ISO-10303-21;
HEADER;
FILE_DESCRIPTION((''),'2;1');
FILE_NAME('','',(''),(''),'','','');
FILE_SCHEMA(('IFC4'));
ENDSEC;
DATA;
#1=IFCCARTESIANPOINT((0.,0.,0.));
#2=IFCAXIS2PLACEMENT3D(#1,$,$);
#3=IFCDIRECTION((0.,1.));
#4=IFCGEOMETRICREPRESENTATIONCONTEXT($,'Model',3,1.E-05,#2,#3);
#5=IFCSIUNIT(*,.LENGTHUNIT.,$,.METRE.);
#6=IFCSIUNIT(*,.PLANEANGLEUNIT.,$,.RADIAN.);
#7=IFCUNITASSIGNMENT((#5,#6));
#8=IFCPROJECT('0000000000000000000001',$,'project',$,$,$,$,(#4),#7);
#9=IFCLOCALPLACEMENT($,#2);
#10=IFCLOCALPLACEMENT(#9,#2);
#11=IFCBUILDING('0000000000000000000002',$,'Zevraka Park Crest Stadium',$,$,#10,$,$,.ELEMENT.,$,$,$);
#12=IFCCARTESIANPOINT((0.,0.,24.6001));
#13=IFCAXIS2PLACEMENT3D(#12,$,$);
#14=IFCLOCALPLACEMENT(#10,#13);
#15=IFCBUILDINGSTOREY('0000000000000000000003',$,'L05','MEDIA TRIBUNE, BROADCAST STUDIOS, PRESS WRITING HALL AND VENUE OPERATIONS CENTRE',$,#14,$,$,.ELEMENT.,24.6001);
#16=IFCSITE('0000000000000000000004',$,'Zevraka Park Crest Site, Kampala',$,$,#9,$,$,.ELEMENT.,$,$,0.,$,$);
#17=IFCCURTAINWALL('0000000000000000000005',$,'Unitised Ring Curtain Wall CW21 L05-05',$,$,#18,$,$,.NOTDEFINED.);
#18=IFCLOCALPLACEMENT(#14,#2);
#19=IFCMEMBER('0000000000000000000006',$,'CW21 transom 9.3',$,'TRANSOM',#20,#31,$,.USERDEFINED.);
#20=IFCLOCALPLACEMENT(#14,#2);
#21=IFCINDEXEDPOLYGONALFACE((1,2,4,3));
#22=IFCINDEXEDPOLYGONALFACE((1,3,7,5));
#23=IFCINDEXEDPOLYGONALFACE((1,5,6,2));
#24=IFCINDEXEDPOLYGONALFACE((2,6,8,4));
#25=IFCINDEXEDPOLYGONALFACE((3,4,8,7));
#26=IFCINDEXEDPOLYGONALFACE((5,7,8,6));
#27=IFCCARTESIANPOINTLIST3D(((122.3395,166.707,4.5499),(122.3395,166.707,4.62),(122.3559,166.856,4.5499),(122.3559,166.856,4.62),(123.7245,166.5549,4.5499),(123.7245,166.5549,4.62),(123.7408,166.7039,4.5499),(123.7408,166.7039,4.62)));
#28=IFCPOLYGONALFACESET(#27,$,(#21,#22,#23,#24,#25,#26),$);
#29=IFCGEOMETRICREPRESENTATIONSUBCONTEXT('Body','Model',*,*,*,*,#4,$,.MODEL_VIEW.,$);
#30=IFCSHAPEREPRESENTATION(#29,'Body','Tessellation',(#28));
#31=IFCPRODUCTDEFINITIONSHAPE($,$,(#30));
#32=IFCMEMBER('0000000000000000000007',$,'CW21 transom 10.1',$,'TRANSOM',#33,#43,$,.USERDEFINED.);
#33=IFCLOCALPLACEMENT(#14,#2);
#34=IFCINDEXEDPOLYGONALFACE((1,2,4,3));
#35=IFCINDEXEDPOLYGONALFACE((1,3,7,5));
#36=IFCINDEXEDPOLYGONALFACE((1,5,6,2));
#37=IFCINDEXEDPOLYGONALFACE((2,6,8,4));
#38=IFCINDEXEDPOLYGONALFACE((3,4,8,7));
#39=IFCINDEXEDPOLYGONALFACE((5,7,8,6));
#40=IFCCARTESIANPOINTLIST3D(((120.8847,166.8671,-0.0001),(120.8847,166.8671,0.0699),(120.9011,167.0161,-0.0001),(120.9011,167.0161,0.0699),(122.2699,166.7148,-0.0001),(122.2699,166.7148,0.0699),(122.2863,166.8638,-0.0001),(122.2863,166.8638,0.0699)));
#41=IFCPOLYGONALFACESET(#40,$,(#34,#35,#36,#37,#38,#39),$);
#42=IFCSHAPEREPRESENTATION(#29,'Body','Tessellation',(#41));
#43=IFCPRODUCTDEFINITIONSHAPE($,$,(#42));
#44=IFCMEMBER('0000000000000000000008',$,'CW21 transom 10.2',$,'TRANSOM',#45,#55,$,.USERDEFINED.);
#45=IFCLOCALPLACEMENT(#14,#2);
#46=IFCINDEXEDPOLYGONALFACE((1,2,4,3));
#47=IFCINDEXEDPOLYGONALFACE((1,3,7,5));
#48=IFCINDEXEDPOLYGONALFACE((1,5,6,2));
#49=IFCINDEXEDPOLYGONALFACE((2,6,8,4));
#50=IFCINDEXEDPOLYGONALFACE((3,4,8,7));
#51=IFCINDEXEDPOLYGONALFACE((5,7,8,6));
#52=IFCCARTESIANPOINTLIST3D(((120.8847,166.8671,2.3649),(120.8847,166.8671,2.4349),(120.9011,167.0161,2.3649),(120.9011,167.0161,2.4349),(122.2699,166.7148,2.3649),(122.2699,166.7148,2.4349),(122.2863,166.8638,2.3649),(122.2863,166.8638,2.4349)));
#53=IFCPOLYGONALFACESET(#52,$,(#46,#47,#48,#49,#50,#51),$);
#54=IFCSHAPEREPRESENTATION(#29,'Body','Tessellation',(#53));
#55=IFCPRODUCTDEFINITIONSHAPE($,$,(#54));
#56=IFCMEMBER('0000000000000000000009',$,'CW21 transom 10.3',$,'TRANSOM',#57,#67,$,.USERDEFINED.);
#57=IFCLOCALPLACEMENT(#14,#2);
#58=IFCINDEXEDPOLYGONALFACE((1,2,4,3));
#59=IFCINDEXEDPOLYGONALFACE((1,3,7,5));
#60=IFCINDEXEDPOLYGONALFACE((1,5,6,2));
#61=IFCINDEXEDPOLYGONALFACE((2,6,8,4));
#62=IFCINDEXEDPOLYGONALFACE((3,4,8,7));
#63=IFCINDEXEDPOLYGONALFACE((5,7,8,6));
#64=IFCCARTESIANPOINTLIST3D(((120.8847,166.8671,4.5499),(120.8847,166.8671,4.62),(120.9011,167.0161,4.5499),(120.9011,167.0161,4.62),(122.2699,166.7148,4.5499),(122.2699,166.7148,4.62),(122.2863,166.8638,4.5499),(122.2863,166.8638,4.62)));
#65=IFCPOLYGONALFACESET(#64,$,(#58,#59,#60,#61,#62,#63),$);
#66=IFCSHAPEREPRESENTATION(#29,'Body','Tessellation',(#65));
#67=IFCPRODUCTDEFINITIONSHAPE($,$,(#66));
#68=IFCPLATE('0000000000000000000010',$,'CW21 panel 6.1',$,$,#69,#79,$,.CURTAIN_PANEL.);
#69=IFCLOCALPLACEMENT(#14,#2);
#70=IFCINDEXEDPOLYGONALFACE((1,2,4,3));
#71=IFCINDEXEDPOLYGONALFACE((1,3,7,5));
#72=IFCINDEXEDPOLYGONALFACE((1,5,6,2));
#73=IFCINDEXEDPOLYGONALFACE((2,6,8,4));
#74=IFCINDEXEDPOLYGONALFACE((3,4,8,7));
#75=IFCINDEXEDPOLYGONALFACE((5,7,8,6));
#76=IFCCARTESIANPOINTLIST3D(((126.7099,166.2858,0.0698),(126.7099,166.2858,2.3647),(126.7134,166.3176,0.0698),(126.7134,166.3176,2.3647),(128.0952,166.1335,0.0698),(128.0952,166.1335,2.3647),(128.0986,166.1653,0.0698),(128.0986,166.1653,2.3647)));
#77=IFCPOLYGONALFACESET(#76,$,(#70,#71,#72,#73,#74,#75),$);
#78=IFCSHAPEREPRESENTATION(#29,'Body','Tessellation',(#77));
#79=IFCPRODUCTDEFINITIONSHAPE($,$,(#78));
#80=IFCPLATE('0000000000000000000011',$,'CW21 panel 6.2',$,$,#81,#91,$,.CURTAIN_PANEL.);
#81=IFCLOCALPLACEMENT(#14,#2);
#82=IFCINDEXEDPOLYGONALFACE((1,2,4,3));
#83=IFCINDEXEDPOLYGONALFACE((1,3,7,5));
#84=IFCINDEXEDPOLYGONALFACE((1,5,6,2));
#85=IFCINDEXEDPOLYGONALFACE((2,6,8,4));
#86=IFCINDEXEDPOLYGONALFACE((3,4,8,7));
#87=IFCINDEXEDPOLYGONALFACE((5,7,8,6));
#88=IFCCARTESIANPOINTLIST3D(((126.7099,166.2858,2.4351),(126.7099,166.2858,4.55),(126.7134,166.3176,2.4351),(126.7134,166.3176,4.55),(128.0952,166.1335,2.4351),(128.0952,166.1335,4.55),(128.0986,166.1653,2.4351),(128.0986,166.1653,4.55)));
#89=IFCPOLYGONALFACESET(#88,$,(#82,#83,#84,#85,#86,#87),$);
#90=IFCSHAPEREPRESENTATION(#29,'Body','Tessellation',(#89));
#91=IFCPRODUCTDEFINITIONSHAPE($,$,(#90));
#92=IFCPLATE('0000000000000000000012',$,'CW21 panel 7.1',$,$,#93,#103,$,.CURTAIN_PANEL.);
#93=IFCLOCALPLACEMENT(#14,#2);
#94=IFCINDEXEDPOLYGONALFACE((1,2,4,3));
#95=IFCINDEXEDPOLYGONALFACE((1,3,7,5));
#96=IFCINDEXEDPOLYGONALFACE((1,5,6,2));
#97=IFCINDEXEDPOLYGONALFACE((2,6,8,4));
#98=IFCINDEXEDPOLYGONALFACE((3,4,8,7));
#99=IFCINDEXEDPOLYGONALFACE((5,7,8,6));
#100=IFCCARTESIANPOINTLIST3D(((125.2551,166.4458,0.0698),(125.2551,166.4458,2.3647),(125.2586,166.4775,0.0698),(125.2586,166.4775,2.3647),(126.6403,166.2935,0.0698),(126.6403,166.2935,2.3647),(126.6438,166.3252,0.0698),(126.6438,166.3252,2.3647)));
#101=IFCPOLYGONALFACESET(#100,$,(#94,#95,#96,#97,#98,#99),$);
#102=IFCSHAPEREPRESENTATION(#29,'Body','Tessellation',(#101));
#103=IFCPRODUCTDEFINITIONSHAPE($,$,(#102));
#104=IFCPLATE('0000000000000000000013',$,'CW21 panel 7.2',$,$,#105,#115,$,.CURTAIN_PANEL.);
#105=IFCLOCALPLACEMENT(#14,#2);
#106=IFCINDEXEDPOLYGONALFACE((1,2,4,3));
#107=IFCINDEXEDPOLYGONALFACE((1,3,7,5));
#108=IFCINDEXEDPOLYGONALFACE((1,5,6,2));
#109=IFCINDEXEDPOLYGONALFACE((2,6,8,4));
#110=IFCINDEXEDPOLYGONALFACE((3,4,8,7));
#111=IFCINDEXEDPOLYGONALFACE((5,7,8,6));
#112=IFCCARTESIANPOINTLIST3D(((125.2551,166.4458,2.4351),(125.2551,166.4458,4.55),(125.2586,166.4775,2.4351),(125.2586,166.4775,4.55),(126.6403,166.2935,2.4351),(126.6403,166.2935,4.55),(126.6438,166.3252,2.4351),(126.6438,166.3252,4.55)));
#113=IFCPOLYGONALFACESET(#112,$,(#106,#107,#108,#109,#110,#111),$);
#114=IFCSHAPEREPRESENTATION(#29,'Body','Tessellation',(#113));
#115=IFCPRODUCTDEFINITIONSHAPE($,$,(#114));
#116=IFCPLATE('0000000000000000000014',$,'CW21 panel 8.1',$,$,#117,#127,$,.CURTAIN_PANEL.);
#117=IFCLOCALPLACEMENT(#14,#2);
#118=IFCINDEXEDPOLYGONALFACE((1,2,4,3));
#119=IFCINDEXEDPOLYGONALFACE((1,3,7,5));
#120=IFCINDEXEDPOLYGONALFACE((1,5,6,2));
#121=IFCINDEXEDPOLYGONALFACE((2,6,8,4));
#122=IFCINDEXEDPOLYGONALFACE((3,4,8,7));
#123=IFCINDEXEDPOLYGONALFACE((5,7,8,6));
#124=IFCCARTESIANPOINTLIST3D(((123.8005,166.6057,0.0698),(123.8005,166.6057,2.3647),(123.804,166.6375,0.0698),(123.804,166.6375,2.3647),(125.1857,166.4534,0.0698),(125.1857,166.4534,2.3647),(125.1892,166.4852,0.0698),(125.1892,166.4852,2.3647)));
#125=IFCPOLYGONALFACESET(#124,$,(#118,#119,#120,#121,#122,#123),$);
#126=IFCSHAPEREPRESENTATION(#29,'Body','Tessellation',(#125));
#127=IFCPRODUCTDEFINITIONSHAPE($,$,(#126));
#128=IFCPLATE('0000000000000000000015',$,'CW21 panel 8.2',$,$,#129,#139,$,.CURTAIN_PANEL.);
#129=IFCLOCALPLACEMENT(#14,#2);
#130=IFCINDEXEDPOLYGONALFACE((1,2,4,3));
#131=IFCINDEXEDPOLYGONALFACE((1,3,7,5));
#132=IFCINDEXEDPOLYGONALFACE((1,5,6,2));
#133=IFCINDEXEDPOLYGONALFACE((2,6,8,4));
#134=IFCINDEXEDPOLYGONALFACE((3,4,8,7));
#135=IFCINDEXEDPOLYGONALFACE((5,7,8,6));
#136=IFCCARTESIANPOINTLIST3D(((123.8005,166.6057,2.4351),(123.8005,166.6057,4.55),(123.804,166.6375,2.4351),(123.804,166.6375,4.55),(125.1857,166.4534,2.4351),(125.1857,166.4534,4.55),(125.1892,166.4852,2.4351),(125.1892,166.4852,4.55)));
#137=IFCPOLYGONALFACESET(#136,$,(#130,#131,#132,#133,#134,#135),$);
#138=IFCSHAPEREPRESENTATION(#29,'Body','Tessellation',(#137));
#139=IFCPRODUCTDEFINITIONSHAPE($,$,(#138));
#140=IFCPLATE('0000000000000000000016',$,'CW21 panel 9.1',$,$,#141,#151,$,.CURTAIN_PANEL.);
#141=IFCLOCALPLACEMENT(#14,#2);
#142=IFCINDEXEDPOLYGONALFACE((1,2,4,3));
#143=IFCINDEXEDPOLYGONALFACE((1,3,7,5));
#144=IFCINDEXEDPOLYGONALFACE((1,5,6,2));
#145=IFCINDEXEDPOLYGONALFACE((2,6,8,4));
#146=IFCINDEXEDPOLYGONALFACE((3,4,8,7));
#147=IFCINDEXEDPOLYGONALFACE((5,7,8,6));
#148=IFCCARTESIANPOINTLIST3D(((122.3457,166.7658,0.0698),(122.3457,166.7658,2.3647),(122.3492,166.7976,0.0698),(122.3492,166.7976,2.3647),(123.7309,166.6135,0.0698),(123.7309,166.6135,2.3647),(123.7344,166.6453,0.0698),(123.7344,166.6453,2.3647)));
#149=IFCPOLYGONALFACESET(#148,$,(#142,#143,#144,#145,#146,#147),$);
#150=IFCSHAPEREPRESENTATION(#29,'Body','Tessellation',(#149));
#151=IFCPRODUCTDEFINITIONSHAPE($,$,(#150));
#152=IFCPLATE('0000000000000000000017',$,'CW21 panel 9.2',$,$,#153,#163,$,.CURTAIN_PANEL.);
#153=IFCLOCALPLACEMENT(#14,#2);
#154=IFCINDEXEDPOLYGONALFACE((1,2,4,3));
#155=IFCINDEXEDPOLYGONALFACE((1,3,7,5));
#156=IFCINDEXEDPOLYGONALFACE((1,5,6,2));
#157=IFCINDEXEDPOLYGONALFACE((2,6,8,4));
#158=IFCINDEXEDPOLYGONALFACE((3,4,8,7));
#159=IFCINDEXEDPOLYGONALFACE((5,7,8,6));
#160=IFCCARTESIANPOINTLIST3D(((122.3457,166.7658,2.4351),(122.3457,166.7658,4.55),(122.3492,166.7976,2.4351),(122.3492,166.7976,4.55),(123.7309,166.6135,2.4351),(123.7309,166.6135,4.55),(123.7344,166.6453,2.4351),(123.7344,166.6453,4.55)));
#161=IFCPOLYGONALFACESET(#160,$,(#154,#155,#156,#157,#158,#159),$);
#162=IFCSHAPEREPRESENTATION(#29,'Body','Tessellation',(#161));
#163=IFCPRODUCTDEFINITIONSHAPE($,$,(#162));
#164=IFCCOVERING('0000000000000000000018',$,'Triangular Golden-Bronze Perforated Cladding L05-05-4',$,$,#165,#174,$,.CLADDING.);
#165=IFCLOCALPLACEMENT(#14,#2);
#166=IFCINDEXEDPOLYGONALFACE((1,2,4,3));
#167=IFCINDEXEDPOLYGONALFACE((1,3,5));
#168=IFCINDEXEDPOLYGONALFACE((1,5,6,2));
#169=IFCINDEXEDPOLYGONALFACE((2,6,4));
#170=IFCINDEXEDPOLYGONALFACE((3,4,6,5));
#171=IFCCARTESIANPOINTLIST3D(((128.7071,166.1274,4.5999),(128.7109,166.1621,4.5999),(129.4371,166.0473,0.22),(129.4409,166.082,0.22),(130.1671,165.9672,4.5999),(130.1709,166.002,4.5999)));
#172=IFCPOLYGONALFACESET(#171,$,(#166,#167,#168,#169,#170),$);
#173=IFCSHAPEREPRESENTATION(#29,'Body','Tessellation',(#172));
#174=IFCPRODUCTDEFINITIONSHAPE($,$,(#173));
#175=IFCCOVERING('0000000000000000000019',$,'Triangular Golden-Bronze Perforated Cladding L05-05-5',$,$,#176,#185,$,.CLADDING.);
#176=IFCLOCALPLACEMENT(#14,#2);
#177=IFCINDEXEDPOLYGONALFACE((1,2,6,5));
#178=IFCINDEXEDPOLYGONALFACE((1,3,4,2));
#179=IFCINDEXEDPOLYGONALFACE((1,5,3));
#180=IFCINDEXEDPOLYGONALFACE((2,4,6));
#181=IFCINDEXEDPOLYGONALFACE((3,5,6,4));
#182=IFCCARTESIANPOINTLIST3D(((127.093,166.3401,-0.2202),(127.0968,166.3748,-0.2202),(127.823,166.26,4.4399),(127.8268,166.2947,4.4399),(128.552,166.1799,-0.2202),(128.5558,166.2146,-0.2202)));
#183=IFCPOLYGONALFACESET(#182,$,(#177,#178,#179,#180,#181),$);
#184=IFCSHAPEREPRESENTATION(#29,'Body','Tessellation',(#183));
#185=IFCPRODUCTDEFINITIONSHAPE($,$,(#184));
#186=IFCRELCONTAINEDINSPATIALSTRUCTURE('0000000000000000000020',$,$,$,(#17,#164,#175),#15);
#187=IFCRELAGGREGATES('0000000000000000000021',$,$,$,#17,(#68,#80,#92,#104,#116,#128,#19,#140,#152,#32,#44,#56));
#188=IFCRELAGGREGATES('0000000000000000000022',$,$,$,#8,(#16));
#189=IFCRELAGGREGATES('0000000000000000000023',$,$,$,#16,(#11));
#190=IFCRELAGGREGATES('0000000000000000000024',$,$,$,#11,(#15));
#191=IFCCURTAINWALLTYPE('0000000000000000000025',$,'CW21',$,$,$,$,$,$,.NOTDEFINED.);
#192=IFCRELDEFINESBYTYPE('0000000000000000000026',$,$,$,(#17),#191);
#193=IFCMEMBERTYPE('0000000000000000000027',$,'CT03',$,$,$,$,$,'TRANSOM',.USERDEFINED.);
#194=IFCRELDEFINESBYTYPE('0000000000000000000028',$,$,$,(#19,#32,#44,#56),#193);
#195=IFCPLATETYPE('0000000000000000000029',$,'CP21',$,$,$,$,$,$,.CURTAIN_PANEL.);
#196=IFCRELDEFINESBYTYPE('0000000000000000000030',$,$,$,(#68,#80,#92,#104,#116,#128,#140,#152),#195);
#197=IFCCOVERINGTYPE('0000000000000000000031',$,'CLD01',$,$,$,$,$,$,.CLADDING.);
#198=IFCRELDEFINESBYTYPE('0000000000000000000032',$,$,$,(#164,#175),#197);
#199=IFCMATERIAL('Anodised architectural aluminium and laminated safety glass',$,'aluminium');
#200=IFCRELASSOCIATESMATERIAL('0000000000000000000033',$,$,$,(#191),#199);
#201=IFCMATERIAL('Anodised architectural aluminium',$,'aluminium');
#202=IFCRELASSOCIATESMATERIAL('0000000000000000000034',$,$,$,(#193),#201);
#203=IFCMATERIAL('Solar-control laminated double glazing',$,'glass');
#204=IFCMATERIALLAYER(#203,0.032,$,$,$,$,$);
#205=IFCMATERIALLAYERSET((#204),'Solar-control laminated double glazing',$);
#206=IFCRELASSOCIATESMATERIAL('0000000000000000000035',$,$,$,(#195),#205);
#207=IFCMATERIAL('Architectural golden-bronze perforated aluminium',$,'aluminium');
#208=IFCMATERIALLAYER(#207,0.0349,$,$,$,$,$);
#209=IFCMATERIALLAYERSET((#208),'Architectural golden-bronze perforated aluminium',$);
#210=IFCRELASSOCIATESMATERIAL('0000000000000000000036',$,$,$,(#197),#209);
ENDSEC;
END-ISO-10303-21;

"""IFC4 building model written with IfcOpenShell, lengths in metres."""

from ifc_helpers import new_model, si_unit, direction, frame, origin, origin_2d, place, context, subcontext, project, spatial, polyline, rectangle, outline, extrude, material, layer, layer_set, material_profile, profile_set, type_object, element, aggregate, save


model = new_model("IFC4")

# Units and contexts
model_context = context("Model", 3, precision=1e-05, world=origin(), true_north=direction((0.0, 1.0)))
body_context = subcontext(model_context, "Body", "Model", "MODEL_VIEW")
ifc_project = project(units=[si_unit("LENGTHUNIT", "METRE"), si_unit("PLANEANGLEUNIT", "RADIAN")], contexts=[model_context])

# Site, building, storey
site_placement = place(None, origin())
site = spatial("IfcSite", under=ifc_project, at=site_placement, Name="Zevraka Park Crest Site, Kampala", CompositionType="ELEMENT", RefElevation=0.0)
building_placement = place(site_placement, origin())
building = spatial("IfcBuilding", under=site, at=building_placement, Name="Zevraka Park Crest Stadium", CompositionType="ELEMENT")
storey_placement = place(building_placement, frame((0.0, 0.0, 24.6001)))
storey = spatial("IfcBuildingStorey", under=building, at=storey_placement, Name="L05", Description="MEDIA TRIBUNE, BROADCAST STUDIOS, PRESS WRITING HALL AND VENUE OPERATIONS CENTRE", CompositionType="ELEMENT", Elevation=24.6001)

# Curtain wall, members, plates
ifc_material_1 = material(Name="Anodised architectural aluminium and laminated safety glass", Category="aluminium")
curtain_wall_type = type_object("IfcCurtainWallType", Name="CW21", PredefinedType="NOTDEFINED", material=ifc_material_1)
curtain_wall_placement = place(storey_placement, origin())
curtain_wall = element("IfcCurtainWall", 1, at=curtain_wall_placement, inside=storey, type_object=curtain_wall_type, Name="Unitised Ring Curtain Wall CW21 L05-05", PredefinedType="NOTDEFINED")
ifc_material_2 = material(Name="Anodised architectural aluminium", Category="aluminium")
ifc_material_profile_1 = material_profile(ifc_material_2, rectangle(XDim=0.1499, YDim=0.0701, at=origin_2d()), Name="ALU TRANSOM 150x70")
ifc_profile_set_1 = profile_set([ifc_material_profile_1], Name="Anodised architectural aluminium")
member_type_1 = type_object("IfcMemberType", Name="CT03", ElementType="TRANSOM", PredefinedType="USERDEFINED", material=ifc_profile_set_1)
member_1_placement = place(storey_placement, frame((123.7327, 166.6294, 4.585), z_axis=(-0.994024, 0.109162, 0.0), x_axis=(-0.109162, -0.994024, 0.0)))
member_1 = element("IfcMember", 2, at=member_1_placement, type_object=member_type_1, Name="CW21 transom 9.3", ObjectType="TRANSOM", PredefinedType="USERDEFINED", context=body_context, shape_type="SweptSolid", body=[
    extrude(rectangle(XDim=0.1499, YDim=0.0701, at=origin_2d()), origin(), (0.0, 0.0, 1.0), 1.3933),
])
member_2_placement = place(storey_placement, frame((122.2781, 166.7893, 0.0349), z_axis=(-0.994007, 0.109316, 0.0), x_axis=(-0.109316, -0.994007, 0.0)))
member_2 = element("IfcMember", 3, at=member_2_placement, type_object=member_type_1, Name="CW21 transom 10.1", ObjectType="TRANSOM", PredefinedType="USERDEFINED", context=body_context, shape_type="SweptSolid", body=[
    extrude(rectangle(XDim=0.1499, YDim=0.0701, at=origin_2d()), origin(), (0.0, 0.0, 1.0), 1.3936),
])
member_3_placement = place(storey_placement, frame((122.2781, 166.7893, 2.3999), z_axis=(-0.994007, 0.109316, 0.0), x_axis=(-0.109316, -0.994007, 0.0)))
member_3 = element("IfcMember", 4, at=member_3_placement, type_object=member_type_1, Name="CW21 transom 10.2", ObjectType="TRANSOM", PredefinedType="USERDEFINED", context=body_context, shape_type="SweptSolid", body=[
    extrude(rectangle(XDim=0.1499, YDim=0.0701, at=origin_2d()), origin(), (0.0, 0.0, 1.0), 1.3936),
])
member_4_placement = place(storey_placement, frame((122.2781, 166.7893, 4.585), z_axis=(-0.994007, 0.109316, 0.0), x_axis=(-0.109316, -0.994007, 0.0)))
member_4 = element("IfcMember", 5, at=member_4_placement, type_object=member_type_1, Name="CW21 transom 10.3", ObjectType="TRANSOM", PredefinedType="USERDEFINED", context=body_context, shape_type="SweptSolid", body=[
    extrude(rectangle(XDim=0.1499, YDim=0.0701, at=origin_2d()), origin(), (0.0, 0.0, 1.0), 1.3936),
])
ifc_material_3 = material(Name="Solar-control laminated double glazing", Category="glass")
ifc_layer_1 = layer(ifc_material_3, 0.032)
ifc_layer_set_1 = layer_set([ifc_layer_1], Name="Solar-control laminated double glazing")
plate_type = type_object("IfcPlateType", Name="CP21", PredefinedType="CURTAIN_PANEL", material=ifc_layer_set_1)
plate_1_placement = place(storey_placement, frame((127.4043, 166.2256, 0.0698), z_axis=(0.0, 0.0, 1.0), x_axis=(-0.99401, 0.109288, 0.0)))
plate_1 = element("IfcPlate", 6, at=plate_1_placement, type_object=plate_type, Name="CW21 panel 6.1", PredefinedType="CURTAIN_PANEL", context=body_context, shape_type="SweptSolid", body=[
    extrude(rectangle(XDim=1.3936, YDim=0.032, at=origin_2d()), origin(), (0.0, 0.0, 1.0), 2.2949),
])
plate_2_placement = place(storey_placement, frame((127.4043, 166.2256, 2.4351), z_axis=(0.0, 0.0, 1.0), x_axis=(-0.99401, 0.109288, 0.0)))
plate_2 = element("IfcPlate", 7, at=plate_2_placement, type_object=plate_type, Name="CW21 panel 6.2", PredefinedType="CURTAIN_PANEL", context=body_context, shape_type="SweptSolid", body=[
    extrude(rectangle(XDim=1.3936, YDim=0.032, at=origin_2d()), origin(), (0.0, 0.0, 1.0), 2.115),
])
plate_3_placement = place(storey_placement, frame((125.9495, 166.3855, 0.0698), z_axis=(0.0, 0.0, 1.0), x_axis=(-0.99401, 0.109288, 0.0)))
plate_3 = element("IfcPlate", 8, at=plate_3_placement, type_object=plate_type, Name="CW21 panel 7.1", PredefinedType="CURTAIN_PANEL", context=body_context, shape_type="SweptSolid", body=[
    extrude(rectangle(XDim=1.3936, YDim=0.032, at=origin_2d()), origin(), (0.0, 0.0, 1.0), 2.2949),
])
plate_4_placement = place(storey_placement, frame((125.9495, 166.3855, 2.4351), z_axis=(0.0, 0.0, 1.0), x_axis=(-0.99401, 0.109288, 0.0)))
plate_4 = element("IfcPlate", 9, at=plate_4_placement, type_object=plate_type, Name="CW21 panel 7.2", PredefinedType="CURTAIN_PANEL", context=body_context, shape_type="SweptSolid", body=[
    extrude(rectangle(XDim=1.3936, YDim=0.032, at=origin_2d()), origin(), (0.0, 0.0, 1.0), 2.115),
])
plate_5_placement = place(storey_placement, frame((124.4949, 166.5454, 0.0698), z_axis=(0.0, 0.0, 1.0), x_axis=(-0.99401, 0.109288, 0.0)))
plate_5 = element("IfcPlate", 10, at=plate_5_placement, type_object=plate_type, Name="CW21 panel 8.1", PredefinedType="CURTAIN_PANEL", context=body_context, shape_type="SweptSolid", body=[
    extrude(rectangle(XDim=1.3936, YDim=0.032, at=origin_2d()), origin(), (0.0, 0.0, 1.0), 2.2949),
])
plate_6_placement = place(storey_placement, frame((124.4949, 166.5454, 2.4351), z_axis=(0.0, 0.0, 1.0), x_axis=(-0.99401, 0.109288, 0.0)))
plate_6 = element("IfcPlate", 11, at=plate_6_placement, type_object=plate_type, Name="CW21 panel 8.2", PredefinedType="CURTAIN_PANEL", context=body_context, shape_type="SweptSolid", body=[
    extrude(rectangle(XDim=1.3936, YDim=0.032, at=origin_2d()), origin(), (0.0, 0.0, 1.0), 2.115),
])
plate_7_placement = place(storey_placement, frame((123.04, 166.7056, 0.0698), z_axis=(0.0, 0.0, 1.0), x_axis=(-0.99401, 0.109288, 0.0)))
plate_7 = element("IfcPlate", 12, at=plate_7_placement, type_object=plate_type, Name="CW21 panel 9.1", PredefinedType="CURTAIN_PANEL", context=body_context, shape_type="SweptSolid", body=[
    extrude(rectangle(XDim=1.3936, YDim=0.032, at=origin_2d()), origin(), (0.0, 0.0, 1.0), 2.2949),
])
plate_8_placement = place(storey_placement, frame((123.04, 166.7056, 2.4351), z_axis=(0.0, 0.0, 1.0), x_axis=(-0.99401, 0.109288, 0.0)))
plate_8 = element("IfcPlate", 13, at=plate_8_placement, type_object=plate_type, Name="CW21 panel 9.2", PredefinedType="CURTAIN_PANEL", context=body_context, shape_type="SweptSolid", body=[
    extrude(rectangle(XDim=1.3936, YDim=0.032, at=origin_2d()), origin(), (0.0, 0.0, 1.0), 2.115),
])
aggregate(curtain_wall, [plate_1, plate_2, plate_3, plate_4, plate_5, plate_6, member_1, plate_7, plate_8, member_2, member_3, member_4])

# Coverings
ifc_material_4 = material(Name="Architectural golden-bronze perforated aluminium", Category="aluminium")
ifc_layer_2 = layer(ifc_material_4, 0.0349)
ifc_layer_set_2 = layer_set([ifc_layer_2], Name="Architectural golden-bronze perforated aluminium")
covering_type = type_object("IfcCoveringType", Name="CLD01", PredefinedType="CLADDING", material=ifc_layer_set_2)
covering_1_placement = place(storey_placement, frame((128.7109, 166.1621, 4.5999), z_axis=(0.109045, 0.994037, 0.0), x_axis=(0.994037, -0.109045, 0.0)))
element("IfcCovering", 14, at=covering_1_placement, inside=storey, type_object=covering_type, Name="Triangular Golden-Bronze Perforated Cladding L05-05-4", PredefinedType="CLADDING", context=body_context, shape_type="SweptSolid", body=[
    extrude(outline(polyline([(0.0, 0.0), (1.4687, 0.0), (0.7344, 4.3799), (0.0, 0.0)])), origin(), (0.0, 0.0, -1.0), 0.0349),
])
covering_2_placement = place(storey_placement, frame((128.552, 166.1799, -0.2202), z_axis=(-0.109117, -0.994029, 0.000011), x_axis=(-0.994029, 0.109117, 0.0)))
element("IfcCovering", 15, at=covering_2_placement, inside=storey, type_object=covering_type, Name="Triangular Golden-Bronze Perforated Cladding L05-05-5", PredefinedType="CLADDING", context=body_context, shape_type="SweptSolid", body=[
    extrude(outline(polyline([(0.0, 0.0), (1.4677, 0.0), (0.7334, -4.6602), (0.0, 0.0)])), origin(), (0.0, 0.0, -1.0), 0.0349),
])

save(model, "model.ifc")
